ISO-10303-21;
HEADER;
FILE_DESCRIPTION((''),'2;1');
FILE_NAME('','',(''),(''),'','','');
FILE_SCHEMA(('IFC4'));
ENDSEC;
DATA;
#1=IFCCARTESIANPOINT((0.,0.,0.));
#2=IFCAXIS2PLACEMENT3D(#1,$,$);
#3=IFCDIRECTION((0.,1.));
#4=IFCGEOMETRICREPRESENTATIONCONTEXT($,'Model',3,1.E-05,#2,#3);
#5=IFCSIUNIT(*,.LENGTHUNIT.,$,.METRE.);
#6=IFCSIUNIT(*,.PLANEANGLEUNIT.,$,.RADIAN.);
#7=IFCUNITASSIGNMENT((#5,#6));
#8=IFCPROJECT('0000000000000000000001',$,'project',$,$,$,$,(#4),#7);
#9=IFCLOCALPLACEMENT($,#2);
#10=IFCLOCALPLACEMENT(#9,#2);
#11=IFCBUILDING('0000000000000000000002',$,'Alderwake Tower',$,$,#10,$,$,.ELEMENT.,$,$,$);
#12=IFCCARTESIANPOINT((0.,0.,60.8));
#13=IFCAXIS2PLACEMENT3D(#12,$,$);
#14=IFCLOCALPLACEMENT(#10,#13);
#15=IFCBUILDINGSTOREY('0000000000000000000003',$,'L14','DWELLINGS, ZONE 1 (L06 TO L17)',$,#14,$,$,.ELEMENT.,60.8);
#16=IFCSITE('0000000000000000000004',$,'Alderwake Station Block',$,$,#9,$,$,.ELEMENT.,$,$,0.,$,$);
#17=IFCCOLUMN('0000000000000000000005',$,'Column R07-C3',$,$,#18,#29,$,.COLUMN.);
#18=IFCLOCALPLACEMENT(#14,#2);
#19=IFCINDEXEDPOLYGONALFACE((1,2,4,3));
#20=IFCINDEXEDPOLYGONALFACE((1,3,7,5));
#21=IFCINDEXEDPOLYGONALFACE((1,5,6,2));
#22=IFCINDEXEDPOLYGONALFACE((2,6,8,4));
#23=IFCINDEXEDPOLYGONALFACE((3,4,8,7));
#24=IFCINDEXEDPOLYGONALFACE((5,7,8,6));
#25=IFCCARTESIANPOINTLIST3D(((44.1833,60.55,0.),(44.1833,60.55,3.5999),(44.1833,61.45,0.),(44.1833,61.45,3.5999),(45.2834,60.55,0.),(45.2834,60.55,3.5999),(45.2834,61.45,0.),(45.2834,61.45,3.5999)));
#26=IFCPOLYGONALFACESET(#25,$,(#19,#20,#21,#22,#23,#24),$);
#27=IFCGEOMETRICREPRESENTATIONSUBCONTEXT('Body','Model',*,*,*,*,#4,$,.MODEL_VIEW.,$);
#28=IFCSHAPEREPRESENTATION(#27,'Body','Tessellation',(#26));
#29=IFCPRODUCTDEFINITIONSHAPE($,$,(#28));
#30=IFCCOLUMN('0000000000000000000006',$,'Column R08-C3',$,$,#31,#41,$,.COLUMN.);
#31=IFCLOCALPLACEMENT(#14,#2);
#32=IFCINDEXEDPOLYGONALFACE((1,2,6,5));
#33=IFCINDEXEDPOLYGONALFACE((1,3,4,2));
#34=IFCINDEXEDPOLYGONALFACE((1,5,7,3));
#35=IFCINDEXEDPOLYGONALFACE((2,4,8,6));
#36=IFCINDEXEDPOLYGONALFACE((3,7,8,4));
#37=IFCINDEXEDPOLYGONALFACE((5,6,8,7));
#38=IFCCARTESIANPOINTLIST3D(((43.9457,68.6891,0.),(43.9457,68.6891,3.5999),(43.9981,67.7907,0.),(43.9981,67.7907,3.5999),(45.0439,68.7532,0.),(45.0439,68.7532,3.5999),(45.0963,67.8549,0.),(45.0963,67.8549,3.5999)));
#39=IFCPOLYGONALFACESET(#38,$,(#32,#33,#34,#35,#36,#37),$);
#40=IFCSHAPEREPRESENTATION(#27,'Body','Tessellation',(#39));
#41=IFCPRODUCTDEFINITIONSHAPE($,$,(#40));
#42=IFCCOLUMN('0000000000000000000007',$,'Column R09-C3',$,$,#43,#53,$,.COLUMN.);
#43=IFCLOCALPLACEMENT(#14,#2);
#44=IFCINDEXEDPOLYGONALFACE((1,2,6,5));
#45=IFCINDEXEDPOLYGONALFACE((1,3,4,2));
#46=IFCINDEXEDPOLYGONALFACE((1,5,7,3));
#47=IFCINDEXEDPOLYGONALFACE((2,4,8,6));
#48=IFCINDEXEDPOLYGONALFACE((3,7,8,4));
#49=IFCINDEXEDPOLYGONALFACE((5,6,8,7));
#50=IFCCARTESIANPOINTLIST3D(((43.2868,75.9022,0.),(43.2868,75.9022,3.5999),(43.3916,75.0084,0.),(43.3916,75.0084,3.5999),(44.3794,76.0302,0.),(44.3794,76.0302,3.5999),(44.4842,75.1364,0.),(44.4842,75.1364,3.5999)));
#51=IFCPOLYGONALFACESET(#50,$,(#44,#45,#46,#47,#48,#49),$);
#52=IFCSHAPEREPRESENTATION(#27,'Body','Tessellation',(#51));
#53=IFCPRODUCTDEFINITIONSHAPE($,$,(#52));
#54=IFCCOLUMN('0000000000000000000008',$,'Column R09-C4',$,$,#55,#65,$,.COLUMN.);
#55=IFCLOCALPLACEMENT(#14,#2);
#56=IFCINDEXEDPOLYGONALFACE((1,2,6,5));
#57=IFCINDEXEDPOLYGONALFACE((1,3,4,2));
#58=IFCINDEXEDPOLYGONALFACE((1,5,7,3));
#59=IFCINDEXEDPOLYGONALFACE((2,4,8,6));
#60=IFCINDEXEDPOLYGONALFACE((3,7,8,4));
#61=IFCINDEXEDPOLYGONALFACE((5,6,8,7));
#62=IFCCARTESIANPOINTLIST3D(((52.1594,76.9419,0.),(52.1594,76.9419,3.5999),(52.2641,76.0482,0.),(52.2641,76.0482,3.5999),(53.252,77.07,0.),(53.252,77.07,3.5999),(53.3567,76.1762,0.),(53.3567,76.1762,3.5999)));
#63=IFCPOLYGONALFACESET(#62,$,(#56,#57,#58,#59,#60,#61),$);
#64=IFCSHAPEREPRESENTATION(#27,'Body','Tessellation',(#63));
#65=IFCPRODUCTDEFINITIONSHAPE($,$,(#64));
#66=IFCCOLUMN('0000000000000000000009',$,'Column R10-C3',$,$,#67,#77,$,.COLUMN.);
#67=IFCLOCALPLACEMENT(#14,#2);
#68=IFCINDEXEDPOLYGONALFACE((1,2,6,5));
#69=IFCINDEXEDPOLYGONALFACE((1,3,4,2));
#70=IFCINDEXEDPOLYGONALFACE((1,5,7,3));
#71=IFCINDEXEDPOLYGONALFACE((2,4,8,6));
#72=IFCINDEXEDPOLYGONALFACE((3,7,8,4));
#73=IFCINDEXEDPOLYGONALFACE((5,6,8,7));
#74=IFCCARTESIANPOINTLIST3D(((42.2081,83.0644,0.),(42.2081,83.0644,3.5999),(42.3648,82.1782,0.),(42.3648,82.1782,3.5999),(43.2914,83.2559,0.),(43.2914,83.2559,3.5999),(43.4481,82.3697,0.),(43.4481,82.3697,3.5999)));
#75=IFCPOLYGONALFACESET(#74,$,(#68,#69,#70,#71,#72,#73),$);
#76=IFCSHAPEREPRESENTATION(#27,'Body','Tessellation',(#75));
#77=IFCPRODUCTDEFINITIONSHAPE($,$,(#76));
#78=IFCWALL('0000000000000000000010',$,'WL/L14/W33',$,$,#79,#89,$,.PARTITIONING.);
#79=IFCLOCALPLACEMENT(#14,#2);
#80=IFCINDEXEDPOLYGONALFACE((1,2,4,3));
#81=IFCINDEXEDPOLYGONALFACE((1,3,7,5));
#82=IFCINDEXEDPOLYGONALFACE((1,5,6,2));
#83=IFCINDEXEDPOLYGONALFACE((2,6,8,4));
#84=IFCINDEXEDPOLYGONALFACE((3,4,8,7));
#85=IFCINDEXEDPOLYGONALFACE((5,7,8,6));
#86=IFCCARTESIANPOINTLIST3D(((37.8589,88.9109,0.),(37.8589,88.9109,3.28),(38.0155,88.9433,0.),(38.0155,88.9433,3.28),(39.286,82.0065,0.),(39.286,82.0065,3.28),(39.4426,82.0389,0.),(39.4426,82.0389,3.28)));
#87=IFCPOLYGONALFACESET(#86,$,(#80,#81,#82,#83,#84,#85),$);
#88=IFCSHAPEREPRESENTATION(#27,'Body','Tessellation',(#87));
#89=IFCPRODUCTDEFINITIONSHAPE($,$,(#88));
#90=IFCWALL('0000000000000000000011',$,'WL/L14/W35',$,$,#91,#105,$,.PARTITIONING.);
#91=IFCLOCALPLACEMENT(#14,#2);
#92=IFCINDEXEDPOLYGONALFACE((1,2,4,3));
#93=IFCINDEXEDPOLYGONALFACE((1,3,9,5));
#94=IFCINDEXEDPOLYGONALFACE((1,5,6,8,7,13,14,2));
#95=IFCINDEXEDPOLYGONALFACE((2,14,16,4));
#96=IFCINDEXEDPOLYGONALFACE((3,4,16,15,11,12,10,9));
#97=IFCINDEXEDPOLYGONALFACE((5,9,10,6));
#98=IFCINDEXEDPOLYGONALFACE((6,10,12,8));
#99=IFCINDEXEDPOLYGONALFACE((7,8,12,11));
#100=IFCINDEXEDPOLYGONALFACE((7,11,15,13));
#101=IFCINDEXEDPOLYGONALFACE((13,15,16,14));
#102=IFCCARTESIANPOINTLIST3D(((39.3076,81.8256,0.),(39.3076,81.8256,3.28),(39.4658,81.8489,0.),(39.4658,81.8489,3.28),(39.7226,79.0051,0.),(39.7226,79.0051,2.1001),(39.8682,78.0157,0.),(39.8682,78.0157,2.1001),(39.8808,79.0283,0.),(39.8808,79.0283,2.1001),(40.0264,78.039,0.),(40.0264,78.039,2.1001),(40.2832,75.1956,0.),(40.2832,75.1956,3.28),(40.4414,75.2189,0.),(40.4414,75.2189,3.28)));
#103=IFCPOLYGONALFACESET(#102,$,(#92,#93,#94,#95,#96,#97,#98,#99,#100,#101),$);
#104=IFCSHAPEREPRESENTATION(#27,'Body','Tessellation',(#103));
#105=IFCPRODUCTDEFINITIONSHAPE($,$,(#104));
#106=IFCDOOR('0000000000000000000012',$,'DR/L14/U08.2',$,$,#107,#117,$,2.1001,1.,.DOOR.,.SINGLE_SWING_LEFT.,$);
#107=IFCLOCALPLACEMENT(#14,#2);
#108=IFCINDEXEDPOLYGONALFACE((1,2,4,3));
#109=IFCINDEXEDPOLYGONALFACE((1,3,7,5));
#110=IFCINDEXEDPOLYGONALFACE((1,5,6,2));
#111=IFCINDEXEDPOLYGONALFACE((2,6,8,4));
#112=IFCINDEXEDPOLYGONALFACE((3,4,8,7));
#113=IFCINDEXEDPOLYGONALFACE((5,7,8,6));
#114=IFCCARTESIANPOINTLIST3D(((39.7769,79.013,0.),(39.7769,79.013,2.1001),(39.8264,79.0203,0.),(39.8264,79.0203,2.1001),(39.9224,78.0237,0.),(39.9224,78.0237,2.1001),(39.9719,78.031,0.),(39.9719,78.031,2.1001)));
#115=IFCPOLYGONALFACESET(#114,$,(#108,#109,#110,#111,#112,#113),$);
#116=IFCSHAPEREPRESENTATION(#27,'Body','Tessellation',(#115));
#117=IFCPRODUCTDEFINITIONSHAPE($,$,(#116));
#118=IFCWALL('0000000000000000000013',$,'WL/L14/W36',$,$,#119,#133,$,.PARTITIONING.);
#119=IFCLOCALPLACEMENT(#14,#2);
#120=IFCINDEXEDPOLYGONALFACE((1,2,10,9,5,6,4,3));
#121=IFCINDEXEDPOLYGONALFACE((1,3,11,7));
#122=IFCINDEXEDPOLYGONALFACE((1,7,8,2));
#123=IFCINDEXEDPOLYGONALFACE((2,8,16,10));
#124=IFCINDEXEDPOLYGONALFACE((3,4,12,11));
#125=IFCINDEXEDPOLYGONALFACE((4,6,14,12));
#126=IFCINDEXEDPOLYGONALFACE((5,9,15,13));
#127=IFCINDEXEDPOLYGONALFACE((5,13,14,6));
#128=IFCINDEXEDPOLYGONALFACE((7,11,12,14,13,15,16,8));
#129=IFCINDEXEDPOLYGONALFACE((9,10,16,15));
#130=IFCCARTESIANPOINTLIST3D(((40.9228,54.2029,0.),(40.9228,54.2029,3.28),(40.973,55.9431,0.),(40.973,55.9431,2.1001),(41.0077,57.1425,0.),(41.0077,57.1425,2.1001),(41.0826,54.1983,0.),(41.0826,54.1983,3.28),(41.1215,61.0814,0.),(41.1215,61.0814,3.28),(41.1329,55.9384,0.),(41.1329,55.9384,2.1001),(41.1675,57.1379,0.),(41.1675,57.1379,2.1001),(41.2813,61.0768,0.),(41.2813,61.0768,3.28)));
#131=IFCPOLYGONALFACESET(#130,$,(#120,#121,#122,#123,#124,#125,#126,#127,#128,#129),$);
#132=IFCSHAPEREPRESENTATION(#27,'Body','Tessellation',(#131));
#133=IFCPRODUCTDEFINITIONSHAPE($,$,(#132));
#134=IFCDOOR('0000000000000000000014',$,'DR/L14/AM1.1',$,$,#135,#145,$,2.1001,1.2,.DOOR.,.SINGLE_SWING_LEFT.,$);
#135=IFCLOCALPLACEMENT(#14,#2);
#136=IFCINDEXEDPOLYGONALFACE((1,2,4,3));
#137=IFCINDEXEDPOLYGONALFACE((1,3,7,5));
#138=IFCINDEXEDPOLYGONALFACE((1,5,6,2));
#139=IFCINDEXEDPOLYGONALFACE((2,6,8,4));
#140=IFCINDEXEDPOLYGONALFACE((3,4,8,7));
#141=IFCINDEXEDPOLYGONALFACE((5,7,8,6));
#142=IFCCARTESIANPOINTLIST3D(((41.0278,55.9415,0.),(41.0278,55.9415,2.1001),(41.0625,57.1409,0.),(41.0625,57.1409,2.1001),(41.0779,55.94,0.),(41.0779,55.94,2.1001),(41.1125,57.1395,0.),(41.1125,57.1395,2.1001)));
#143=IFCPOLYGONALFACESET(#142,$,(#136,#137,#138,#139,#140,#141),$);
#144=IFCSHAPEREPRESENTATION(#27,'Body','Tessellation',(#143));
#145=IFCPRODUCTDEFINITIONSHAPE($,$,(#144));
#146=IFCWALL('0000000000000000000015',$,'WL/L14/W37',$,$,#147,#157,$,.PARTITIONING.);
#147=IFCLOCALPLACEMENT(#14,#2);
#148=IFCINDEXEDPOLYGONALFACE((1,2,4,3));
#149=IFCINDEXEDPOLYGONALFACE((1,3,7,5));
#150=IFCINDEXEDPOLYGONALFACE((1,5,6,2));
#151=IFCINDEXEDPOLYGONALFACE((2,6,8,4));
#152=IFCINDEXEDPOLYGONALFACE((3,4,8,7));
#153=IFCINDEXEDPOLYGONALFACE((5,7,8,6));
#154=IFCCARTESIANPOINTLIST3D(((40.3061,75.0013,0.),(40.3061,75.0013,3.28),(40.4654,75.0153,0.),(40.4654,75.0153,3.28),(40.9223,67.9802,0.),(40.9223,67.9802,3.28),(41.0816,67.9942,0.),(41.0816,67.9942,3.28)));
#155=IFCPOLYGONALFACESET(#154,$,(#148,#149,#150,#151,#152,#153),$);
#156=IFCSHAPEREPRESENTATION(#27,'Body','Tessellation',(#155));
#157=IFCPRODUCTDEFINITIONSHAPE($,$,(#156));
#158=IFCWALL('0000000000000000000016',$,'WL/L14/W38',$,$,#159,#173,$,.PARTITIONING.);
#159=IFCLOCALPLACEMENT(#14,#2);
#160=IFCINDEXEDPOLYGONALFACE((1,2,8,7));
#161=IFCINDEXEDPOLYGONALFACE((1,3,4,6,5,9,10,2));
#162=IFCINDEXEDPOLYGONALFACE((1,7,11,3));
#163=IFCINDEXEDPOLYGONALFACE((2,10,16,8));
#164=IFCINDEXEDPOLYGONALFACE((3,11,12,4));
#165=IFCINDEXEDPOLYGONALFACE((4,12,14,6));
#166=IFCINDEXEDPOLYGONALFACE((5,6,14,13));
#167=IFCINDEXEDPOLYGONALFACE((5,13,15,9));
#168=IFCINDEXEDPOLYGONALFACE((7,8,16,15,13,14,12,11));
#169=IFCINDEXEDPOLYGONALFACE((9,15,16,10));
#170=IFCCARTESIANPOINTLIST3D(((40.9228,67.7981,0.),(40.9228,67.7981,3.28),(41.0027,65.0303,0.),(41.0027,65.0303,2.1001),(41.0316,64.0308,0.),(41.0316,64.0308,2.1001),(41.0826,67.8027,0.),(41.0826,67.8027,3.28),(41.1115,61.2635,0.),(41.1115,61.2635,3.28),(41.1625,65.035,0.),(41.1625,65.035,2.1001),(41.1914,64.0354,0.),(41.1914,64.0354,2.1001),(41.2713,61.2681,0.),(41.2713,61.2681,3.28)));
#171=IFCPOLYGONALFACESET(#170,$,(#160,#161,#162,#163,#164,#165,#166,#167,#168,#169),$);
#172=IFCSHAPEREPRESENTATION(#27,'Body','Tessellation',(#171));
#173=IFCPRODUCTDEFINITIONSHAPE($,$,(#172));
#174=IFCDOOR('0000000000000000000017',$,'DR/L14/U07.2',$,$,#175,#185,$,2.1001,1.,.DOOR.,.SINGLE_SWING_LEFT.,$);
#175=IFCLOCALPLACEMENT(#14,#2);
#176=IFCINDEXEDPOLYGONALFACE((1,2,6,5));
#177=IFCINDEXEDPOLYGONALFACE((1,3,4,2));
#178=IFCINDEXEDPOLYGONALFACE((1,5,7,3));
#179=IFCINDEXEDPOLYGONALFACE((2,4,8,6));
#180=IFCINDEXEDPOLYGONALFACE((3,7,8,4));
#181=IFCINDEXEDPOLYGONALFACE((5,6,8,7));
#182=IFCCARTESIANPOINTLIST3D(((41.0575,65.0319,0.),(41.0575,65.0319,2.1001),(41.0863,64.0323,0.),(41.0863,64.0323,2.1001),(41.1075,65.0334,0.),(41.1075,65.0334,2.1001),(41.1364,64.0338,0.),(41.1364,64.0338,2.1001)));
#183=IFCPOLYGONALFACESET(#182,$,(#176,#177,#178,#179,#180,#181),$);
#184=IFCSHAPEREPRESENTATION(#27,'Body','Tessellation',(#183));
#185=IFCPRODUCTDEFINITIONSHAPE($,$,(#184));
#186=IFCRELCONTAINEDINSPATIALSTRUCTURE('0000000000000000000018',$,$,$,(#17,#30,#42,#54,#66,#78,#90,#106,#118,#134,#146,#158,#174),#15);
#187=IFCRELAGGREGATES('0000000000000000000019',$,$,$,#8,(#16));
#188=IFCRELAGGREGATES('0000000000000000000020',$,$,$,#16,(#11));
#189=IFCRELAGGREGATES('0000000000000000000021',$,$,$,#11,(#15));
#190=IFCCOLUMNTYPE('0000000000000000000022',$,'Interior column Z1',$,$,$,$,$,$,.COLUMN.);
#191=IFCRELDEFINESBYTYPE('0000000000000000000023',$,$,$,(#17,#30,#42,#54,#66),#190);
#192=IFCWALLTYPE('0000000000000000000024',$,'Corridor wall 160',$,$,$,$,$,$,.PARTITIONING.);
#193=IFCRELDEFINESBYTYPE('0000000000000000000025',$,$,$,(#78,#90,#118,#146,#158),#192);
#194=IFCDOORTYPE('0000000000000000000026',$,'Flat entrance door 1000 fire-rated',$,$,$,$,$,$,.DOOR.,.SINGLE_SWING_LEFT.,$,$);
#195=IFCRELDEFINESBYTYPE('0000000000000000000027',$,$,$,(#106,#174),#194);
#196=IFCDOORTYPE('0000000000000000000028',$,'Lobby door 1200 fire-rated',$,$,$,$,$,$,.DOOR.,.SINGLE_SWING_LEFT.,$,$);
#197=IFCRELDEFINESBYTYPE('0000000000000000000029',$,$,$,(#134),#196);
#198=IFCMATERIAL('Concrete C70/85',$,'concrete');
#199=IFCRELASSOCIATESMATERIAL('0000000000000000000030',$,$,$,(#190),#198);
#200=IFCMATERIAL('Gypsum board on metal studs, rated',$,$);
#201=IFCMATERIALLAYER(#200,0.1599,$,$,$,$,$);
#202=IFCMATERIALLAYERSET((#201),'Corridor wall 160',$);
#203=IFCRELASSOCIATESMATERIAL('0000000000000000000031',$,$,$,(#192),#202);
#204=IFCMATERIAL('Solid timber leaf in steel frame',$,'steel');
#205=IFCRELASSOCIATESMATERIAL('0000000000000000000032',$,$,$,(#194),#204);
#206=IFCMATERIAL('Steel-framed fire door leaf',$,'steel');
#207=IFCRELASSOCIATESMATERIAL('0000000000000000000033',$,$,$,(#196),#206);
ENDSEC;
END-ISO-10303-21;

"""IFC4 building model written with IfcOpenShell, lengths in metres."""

from ifc_helpers import new_model, si_unit, direction, frame, frame_2d, origin, origin_2d, place, context, subcontext, project, spatial, rectangle, extrude, material, layer, layer_set, material_profile, profile_set, type_object, element, fill, save


model = new_model("IFC4")

# Units and contexts
model_context = context("Model", 3, precision=1e-05, world=origin(), true_north=direction((0.0, 1.0)))
body_context = subcontext(model_context, "Body", "Model", "MODEL_VIEW")
ifc_project = project(units=[si_unit("LENGTHUNIT", "METRE"), si_unit("PLANEANGLEUNIT", "RADIAN")], contexts=[model_context])

# Site, building, storey
site_placement = place(None, origin())
site = spatial("IfcSite", under=ifc_project, at=site_placement, Name="Alderwake Station Block", CompositionType="ELEMENT", RefElevation=0.0)
building_placement = place(site_placement, origin())
building = spatial("IfcBuilding", under=site, at=building_placement, Name="Alderwake Tower", CompositionType="ELEMENT")
storey_placement = place(building_placement, frame((0.0, 0.0, 60.8)))
storey = spatial("IfcBuildingStorey", under=building, at=storey_placement, Name="L14", Description="DWELLINGS, ZONE 1 (L06 TO L17)", CompositionType="ELEMENT", Elevation=60.8)

# Columns
ifc_material_1 = material(Name="Concrete C70/85", Category="concrete")
ifc_material_profile = material_profile(ifc_material_1, rectangle(XDim=0.8999, YDim=1.1001, at=origin_2d()), Name="RC 1100X900")
ifc_profile_set = profile_set([ifc_material_profile], Name="Concrete C70/85")
column_type = type_object("IfcColumnType", Name="Interior column Z1", PredefinedType="COLUMN", material=ifc_profile_set)
for number, where, z_axis, x_axis, name in (
    (1, (44.7334, 61.0, 0.0), (0.0, 0.0, 1.0), (0.0, 1.0, 0.0), "Column R07-C3"),
    (2, (44.521, 68.272, 0.0), (0.0, 0.0, 1.0), (-0.058301, 0.998299, 0.0), "Column R08-C3"),
    (3, (43.8855, 75.5193, 0.0), (0.0, 0.0, 1.0), (-0.116402, 0.993202, 0.0), "Column R09-C3"),
    (4, (52.7581, 76.5591, 0.0), (0.0, 0.0, 1.0), (-0.116402, 0.993202, 0.0), "Column R09-C4"),
    (5, (42.8281, 82.717, 0.0), (0.0, 0.0, 1.0), (-0.174109, 0.984726, 0.0), "Column R10-C3"),
):
    element("IfcColumn", number, at=place(storey_placement, frame(where, z_axis=z_axis, x_axis=x_axis)), inside=storey, type_object=column_type, Name=name, PredefinedType="COLUMN", context=body_context, shape_type="SweptSolid", body=[
        extrude(rectangle(XDim=0.8999, YDim=1.1001, at=origin_2d()), origin(), (0.0, 0.0, 1.0), 3.5999),
    ])

# Wall
ifc_material_2 = material(Name="Gypsum board on metal studs, rated")
ifc_layer_1 = layer(ifc_material_2, 0.1599)
ifc_layer_set_1 = layer_set([ifc_layer_1], Name="Corridor wall 160")
wall_type_1 = type_object("IfcWallType", Name="Corridor wall 160", PredefinedType="PARTITIONING", material=ifc_layer_set_1)
wall_1_placement = place(storey_placement, frame((39.3643, 82.0227, 0.0), z_axis=(0.0, 0.0, 1.0), x_axis=(-0.202405, 0.979302, 0.0)))
element("IfcWall", 6, at=wall_1_placement, inside=storey, type_object=wall_type_1, Name="WL/L14/W33", PredefinedType="PARTITIONING", context=body_context, shape_type="SweptSolid", body=[
    extrude(rectangle(XDim=7.0503, YDim=0.1599, at=frame_2d((3.5251, 0.0))), origin(), (0.0, 0.0, 1.0), 3.28),
])

# Walls, openings, doors
wall_2_placement = place(storey_placement, frame((39.3867, 81.8372, 0.0), z_axis=(0.0, 0.0, 1.0), x_axis=(0.145577, -0.989347, 0.0)))
wall_2 = element("IfcWall", 7, at=wall_2_placement, inside=storey, type_object=wall_type_1, Name="WL/L14/W35", PredefinedType="PARTITIONING", context=body_context, shape_type="SweptSolid", body=[
    extrude(rectangle(XDim=6.7014, YDim=0.1599, at=frame_2d((3.3506, 0.0))), origin(), (0.0, 0.0, 1.0), 3.28),
])
opening_1_placement = place(wall_2_placement, frame((2.8508, 0.0, 0.0)))
opening_1 = element("IfcOpeningElement", 8, at=opening_1_placement, cuts=wall_2, PredefinedType="OPENING", context=body_context, shape_type="SweptSolid", body=[
    extrude(rectangle(XDim=1.0, YDim=2.1001, at=frame_2d((0.5, 1.05))), frame((0.0, 0.0898, 0.0), z_axis=(0.0, -1.0, 0.0), x_axis=(1.0, 0.0, 0.0)), (0.0, 0.0, 1.0), 0.1799),
])
ifc_material_3 = material(Name="Solid timber leaf in steel frame", Category="steel")
door_type_1 = type_object("IfcDoorType", Name="Flat entrance door 1000 fire-rated", OperationType="SINGLE_SWING_LEFT", PredefinedType="DOOR", material=ifc_material_3)
door_1_placement = place(opening_1_placement, origin())
door_1 = element("IfcDoor", 9, at=door_1_placement, inside=storey, type_object=door_type_1, Name="DR/L14/U08.2", OperationType="SINGLE_SWING_LEFT", OverallHeight=2.1001, OverallWidth=1.0, PredefinedType="DOOR", context=body_context, shape_type="SweptSolid", body=[
    extrude(rectangle(XDim=1.0, YDim=2.1001, at=frame_2d((0.5, 1.05))), frame((0.0, 0.0249, 0.0), z_axis=(0.0, -1.0, 0.0), x_axis=(1.0, 0.0, 0.0)), (0.0, 0.0, 1.0), 0.05),
])
fill(opening_1, door_1)
wall_3_placement = place(storey_placement, frame((41.2014, 61.0791, 0.0), z_axis=(0.0, 0.0, 1.0), x_axis=(-0.02888, -0.999583, 0.0)))
wall_3 = element("IfcWall", 10, at=wall_3_placement, inside=storey, type_object=wall_type_1, Name="WL/L14/W36", PredefinedType="PARTITIONING", context=body_context, shape_type="SweptSolid", body=[
    extrude(rectangle(XDim=6.8813, YDim=0.1599, at=frame_2d((3.4407, 0.0))), origin(), (0.0, 0.0, 1.0), 3.28),
])
opening_2_placement = place(wall_3_placement, frame((3.9404, 0.0, 0.0)))
opening_2 = element("IfcOpeningElement", 11, at=opening_2_placement, cuts=wall_3, PredefinedType="OPENING", context=body_context, shape_type="SweptSolid", body=[
    extrude(rectangle(XDim=1.2, YDim=2.1001, at=frame_2d((0.6001, 1.05))), frame((0.0, 0.0898, 0.0), z_axis=(0.0, -1.0, 0.0), x_axis=(1.0, 0.0, 0.0)), (0.0, 0.0, 1.0), 0.1799),
])
ifc_material_4 = material(Name="Steel-framed fire door leaf", Category="steel")
door_type_2 = type_object("IfcDoorType", Name="Lobby door 1200 fire-rated", OperationType="SINGLE_SWING_LEFT", PredefinedType="DOOR", material=ifc_material_4)
door_2_placement = place(opening_2_placement, origin())
door_2 = element("IfcDoor", 12, at=door_2_placement, inside=storey, type_object=door_type_2, Name="DR/L14/AM1.1", OperationType="SINGLE_SWING_LEFT", OverallHeight=2.1001, OverallWidth=1.2, PredefinedType="DOOR", context=body_context, shape_type="SweptSolid", body=[
    extrude(rectangle(XDim=1.2, YDim=2.1001, at=frame_2d((0.6001, 1.05))), frame((0.0, 0.0249, 0.0), z_axis=(0.0, -1.0, 0.0), x_axis=(1.0, 0.0, 0.0)), (0.0, 0.0, 1.0), 0.05),
])
fill(opening_2, door_2)

# Wall
wall_4_placement = place(storey_placement, frame((41.002, 67.9873, 0.0), z_axis=(0.0, 0.0, 1.0), x_axis=(-0.087431, 0.996171, 0.0)))
element("IfcWall", 13, at=wall_4_placement, inside=storey, type_object=wall_type_1, Name="WL/L14/W37", PredefinedType="PARTITIONING", context=body_context, shape_type="SweptSolid", body=[
    extrude(rectangle(XDim=7.0481, YDim=0.1599, at=frame_2d((3.5239, 0.0))), origin(), (0.0, 0.0, 1.0), 3.28),
])

# Wall, opening, door
wall_5_placement = place(storey_placement, frame((41.0027, 67.8003, 0.0), z_axis=(0.0, 0.0, 1.0), x_axis=(0.028868, -0.999583, 0.0)))
wall_5 = element("IfcWall", 14, at=wall_5_placement, inside=storey, type_object=wall_type_1, Name="WL/L14/W38", PredefinedType="PARTITIONING", context=body_context, shape_type="SweptSolid", body=[
    extrude(rectangle(XDim=6.5374, YDim=0.1599, at=frame_2d((3.2686, 0.0))), origin(), (0.0, 0.0, 1.0), 3.28),
])
opening_3_placement = place(wall_5_placement, frame((2.7688, 0.0, 0.0)))
opening_3 = element("IfcOpeningElement", 15, at=opening_3_placement, cuts=wall_5, PredefinedType="OPENING", context=body_context, shape_type="SweptSolid", body=[
    extrude(rectangle(XDim=1.0, YDim=2.1001, at=frame_2d((0.5, 1.05))), frame((0.0, 0.0898, 0.0), z_axis=(0.0, -1.0, 0.0), x_axis=(1.0, 0.0, 0.0)), (0.0, 0.0, 1.0), 0.1799),
])
door_3_placement = place(opening_3_placement, origin())
door_3 = element("IfcDoor", 16, at=door_3_placement, inside=storey, type_object=door_type_1, Name="DR/L14/U07.2", OperationType="SINGLE_SWING_LEFT", OverallHeight=2.1001, OverallWidth=1.0, PredefinedType="DOOR", context=body_context, shape_type="SweptSolid", body=[
    extrude(rectangle(XDim=1.0, YDim=2.1001, at=frame_2d((0.5, 1.05))), frame((0.0, 0.0249, 0.0), z_axis=(0.0, -1.0, 0.0), x_axis=(1.0, 0.0, 0.0)), (0.0, 0.0, 1.0), 0.05),
])
fill(opening_3, door_3)

save(model, "model.ifc")
